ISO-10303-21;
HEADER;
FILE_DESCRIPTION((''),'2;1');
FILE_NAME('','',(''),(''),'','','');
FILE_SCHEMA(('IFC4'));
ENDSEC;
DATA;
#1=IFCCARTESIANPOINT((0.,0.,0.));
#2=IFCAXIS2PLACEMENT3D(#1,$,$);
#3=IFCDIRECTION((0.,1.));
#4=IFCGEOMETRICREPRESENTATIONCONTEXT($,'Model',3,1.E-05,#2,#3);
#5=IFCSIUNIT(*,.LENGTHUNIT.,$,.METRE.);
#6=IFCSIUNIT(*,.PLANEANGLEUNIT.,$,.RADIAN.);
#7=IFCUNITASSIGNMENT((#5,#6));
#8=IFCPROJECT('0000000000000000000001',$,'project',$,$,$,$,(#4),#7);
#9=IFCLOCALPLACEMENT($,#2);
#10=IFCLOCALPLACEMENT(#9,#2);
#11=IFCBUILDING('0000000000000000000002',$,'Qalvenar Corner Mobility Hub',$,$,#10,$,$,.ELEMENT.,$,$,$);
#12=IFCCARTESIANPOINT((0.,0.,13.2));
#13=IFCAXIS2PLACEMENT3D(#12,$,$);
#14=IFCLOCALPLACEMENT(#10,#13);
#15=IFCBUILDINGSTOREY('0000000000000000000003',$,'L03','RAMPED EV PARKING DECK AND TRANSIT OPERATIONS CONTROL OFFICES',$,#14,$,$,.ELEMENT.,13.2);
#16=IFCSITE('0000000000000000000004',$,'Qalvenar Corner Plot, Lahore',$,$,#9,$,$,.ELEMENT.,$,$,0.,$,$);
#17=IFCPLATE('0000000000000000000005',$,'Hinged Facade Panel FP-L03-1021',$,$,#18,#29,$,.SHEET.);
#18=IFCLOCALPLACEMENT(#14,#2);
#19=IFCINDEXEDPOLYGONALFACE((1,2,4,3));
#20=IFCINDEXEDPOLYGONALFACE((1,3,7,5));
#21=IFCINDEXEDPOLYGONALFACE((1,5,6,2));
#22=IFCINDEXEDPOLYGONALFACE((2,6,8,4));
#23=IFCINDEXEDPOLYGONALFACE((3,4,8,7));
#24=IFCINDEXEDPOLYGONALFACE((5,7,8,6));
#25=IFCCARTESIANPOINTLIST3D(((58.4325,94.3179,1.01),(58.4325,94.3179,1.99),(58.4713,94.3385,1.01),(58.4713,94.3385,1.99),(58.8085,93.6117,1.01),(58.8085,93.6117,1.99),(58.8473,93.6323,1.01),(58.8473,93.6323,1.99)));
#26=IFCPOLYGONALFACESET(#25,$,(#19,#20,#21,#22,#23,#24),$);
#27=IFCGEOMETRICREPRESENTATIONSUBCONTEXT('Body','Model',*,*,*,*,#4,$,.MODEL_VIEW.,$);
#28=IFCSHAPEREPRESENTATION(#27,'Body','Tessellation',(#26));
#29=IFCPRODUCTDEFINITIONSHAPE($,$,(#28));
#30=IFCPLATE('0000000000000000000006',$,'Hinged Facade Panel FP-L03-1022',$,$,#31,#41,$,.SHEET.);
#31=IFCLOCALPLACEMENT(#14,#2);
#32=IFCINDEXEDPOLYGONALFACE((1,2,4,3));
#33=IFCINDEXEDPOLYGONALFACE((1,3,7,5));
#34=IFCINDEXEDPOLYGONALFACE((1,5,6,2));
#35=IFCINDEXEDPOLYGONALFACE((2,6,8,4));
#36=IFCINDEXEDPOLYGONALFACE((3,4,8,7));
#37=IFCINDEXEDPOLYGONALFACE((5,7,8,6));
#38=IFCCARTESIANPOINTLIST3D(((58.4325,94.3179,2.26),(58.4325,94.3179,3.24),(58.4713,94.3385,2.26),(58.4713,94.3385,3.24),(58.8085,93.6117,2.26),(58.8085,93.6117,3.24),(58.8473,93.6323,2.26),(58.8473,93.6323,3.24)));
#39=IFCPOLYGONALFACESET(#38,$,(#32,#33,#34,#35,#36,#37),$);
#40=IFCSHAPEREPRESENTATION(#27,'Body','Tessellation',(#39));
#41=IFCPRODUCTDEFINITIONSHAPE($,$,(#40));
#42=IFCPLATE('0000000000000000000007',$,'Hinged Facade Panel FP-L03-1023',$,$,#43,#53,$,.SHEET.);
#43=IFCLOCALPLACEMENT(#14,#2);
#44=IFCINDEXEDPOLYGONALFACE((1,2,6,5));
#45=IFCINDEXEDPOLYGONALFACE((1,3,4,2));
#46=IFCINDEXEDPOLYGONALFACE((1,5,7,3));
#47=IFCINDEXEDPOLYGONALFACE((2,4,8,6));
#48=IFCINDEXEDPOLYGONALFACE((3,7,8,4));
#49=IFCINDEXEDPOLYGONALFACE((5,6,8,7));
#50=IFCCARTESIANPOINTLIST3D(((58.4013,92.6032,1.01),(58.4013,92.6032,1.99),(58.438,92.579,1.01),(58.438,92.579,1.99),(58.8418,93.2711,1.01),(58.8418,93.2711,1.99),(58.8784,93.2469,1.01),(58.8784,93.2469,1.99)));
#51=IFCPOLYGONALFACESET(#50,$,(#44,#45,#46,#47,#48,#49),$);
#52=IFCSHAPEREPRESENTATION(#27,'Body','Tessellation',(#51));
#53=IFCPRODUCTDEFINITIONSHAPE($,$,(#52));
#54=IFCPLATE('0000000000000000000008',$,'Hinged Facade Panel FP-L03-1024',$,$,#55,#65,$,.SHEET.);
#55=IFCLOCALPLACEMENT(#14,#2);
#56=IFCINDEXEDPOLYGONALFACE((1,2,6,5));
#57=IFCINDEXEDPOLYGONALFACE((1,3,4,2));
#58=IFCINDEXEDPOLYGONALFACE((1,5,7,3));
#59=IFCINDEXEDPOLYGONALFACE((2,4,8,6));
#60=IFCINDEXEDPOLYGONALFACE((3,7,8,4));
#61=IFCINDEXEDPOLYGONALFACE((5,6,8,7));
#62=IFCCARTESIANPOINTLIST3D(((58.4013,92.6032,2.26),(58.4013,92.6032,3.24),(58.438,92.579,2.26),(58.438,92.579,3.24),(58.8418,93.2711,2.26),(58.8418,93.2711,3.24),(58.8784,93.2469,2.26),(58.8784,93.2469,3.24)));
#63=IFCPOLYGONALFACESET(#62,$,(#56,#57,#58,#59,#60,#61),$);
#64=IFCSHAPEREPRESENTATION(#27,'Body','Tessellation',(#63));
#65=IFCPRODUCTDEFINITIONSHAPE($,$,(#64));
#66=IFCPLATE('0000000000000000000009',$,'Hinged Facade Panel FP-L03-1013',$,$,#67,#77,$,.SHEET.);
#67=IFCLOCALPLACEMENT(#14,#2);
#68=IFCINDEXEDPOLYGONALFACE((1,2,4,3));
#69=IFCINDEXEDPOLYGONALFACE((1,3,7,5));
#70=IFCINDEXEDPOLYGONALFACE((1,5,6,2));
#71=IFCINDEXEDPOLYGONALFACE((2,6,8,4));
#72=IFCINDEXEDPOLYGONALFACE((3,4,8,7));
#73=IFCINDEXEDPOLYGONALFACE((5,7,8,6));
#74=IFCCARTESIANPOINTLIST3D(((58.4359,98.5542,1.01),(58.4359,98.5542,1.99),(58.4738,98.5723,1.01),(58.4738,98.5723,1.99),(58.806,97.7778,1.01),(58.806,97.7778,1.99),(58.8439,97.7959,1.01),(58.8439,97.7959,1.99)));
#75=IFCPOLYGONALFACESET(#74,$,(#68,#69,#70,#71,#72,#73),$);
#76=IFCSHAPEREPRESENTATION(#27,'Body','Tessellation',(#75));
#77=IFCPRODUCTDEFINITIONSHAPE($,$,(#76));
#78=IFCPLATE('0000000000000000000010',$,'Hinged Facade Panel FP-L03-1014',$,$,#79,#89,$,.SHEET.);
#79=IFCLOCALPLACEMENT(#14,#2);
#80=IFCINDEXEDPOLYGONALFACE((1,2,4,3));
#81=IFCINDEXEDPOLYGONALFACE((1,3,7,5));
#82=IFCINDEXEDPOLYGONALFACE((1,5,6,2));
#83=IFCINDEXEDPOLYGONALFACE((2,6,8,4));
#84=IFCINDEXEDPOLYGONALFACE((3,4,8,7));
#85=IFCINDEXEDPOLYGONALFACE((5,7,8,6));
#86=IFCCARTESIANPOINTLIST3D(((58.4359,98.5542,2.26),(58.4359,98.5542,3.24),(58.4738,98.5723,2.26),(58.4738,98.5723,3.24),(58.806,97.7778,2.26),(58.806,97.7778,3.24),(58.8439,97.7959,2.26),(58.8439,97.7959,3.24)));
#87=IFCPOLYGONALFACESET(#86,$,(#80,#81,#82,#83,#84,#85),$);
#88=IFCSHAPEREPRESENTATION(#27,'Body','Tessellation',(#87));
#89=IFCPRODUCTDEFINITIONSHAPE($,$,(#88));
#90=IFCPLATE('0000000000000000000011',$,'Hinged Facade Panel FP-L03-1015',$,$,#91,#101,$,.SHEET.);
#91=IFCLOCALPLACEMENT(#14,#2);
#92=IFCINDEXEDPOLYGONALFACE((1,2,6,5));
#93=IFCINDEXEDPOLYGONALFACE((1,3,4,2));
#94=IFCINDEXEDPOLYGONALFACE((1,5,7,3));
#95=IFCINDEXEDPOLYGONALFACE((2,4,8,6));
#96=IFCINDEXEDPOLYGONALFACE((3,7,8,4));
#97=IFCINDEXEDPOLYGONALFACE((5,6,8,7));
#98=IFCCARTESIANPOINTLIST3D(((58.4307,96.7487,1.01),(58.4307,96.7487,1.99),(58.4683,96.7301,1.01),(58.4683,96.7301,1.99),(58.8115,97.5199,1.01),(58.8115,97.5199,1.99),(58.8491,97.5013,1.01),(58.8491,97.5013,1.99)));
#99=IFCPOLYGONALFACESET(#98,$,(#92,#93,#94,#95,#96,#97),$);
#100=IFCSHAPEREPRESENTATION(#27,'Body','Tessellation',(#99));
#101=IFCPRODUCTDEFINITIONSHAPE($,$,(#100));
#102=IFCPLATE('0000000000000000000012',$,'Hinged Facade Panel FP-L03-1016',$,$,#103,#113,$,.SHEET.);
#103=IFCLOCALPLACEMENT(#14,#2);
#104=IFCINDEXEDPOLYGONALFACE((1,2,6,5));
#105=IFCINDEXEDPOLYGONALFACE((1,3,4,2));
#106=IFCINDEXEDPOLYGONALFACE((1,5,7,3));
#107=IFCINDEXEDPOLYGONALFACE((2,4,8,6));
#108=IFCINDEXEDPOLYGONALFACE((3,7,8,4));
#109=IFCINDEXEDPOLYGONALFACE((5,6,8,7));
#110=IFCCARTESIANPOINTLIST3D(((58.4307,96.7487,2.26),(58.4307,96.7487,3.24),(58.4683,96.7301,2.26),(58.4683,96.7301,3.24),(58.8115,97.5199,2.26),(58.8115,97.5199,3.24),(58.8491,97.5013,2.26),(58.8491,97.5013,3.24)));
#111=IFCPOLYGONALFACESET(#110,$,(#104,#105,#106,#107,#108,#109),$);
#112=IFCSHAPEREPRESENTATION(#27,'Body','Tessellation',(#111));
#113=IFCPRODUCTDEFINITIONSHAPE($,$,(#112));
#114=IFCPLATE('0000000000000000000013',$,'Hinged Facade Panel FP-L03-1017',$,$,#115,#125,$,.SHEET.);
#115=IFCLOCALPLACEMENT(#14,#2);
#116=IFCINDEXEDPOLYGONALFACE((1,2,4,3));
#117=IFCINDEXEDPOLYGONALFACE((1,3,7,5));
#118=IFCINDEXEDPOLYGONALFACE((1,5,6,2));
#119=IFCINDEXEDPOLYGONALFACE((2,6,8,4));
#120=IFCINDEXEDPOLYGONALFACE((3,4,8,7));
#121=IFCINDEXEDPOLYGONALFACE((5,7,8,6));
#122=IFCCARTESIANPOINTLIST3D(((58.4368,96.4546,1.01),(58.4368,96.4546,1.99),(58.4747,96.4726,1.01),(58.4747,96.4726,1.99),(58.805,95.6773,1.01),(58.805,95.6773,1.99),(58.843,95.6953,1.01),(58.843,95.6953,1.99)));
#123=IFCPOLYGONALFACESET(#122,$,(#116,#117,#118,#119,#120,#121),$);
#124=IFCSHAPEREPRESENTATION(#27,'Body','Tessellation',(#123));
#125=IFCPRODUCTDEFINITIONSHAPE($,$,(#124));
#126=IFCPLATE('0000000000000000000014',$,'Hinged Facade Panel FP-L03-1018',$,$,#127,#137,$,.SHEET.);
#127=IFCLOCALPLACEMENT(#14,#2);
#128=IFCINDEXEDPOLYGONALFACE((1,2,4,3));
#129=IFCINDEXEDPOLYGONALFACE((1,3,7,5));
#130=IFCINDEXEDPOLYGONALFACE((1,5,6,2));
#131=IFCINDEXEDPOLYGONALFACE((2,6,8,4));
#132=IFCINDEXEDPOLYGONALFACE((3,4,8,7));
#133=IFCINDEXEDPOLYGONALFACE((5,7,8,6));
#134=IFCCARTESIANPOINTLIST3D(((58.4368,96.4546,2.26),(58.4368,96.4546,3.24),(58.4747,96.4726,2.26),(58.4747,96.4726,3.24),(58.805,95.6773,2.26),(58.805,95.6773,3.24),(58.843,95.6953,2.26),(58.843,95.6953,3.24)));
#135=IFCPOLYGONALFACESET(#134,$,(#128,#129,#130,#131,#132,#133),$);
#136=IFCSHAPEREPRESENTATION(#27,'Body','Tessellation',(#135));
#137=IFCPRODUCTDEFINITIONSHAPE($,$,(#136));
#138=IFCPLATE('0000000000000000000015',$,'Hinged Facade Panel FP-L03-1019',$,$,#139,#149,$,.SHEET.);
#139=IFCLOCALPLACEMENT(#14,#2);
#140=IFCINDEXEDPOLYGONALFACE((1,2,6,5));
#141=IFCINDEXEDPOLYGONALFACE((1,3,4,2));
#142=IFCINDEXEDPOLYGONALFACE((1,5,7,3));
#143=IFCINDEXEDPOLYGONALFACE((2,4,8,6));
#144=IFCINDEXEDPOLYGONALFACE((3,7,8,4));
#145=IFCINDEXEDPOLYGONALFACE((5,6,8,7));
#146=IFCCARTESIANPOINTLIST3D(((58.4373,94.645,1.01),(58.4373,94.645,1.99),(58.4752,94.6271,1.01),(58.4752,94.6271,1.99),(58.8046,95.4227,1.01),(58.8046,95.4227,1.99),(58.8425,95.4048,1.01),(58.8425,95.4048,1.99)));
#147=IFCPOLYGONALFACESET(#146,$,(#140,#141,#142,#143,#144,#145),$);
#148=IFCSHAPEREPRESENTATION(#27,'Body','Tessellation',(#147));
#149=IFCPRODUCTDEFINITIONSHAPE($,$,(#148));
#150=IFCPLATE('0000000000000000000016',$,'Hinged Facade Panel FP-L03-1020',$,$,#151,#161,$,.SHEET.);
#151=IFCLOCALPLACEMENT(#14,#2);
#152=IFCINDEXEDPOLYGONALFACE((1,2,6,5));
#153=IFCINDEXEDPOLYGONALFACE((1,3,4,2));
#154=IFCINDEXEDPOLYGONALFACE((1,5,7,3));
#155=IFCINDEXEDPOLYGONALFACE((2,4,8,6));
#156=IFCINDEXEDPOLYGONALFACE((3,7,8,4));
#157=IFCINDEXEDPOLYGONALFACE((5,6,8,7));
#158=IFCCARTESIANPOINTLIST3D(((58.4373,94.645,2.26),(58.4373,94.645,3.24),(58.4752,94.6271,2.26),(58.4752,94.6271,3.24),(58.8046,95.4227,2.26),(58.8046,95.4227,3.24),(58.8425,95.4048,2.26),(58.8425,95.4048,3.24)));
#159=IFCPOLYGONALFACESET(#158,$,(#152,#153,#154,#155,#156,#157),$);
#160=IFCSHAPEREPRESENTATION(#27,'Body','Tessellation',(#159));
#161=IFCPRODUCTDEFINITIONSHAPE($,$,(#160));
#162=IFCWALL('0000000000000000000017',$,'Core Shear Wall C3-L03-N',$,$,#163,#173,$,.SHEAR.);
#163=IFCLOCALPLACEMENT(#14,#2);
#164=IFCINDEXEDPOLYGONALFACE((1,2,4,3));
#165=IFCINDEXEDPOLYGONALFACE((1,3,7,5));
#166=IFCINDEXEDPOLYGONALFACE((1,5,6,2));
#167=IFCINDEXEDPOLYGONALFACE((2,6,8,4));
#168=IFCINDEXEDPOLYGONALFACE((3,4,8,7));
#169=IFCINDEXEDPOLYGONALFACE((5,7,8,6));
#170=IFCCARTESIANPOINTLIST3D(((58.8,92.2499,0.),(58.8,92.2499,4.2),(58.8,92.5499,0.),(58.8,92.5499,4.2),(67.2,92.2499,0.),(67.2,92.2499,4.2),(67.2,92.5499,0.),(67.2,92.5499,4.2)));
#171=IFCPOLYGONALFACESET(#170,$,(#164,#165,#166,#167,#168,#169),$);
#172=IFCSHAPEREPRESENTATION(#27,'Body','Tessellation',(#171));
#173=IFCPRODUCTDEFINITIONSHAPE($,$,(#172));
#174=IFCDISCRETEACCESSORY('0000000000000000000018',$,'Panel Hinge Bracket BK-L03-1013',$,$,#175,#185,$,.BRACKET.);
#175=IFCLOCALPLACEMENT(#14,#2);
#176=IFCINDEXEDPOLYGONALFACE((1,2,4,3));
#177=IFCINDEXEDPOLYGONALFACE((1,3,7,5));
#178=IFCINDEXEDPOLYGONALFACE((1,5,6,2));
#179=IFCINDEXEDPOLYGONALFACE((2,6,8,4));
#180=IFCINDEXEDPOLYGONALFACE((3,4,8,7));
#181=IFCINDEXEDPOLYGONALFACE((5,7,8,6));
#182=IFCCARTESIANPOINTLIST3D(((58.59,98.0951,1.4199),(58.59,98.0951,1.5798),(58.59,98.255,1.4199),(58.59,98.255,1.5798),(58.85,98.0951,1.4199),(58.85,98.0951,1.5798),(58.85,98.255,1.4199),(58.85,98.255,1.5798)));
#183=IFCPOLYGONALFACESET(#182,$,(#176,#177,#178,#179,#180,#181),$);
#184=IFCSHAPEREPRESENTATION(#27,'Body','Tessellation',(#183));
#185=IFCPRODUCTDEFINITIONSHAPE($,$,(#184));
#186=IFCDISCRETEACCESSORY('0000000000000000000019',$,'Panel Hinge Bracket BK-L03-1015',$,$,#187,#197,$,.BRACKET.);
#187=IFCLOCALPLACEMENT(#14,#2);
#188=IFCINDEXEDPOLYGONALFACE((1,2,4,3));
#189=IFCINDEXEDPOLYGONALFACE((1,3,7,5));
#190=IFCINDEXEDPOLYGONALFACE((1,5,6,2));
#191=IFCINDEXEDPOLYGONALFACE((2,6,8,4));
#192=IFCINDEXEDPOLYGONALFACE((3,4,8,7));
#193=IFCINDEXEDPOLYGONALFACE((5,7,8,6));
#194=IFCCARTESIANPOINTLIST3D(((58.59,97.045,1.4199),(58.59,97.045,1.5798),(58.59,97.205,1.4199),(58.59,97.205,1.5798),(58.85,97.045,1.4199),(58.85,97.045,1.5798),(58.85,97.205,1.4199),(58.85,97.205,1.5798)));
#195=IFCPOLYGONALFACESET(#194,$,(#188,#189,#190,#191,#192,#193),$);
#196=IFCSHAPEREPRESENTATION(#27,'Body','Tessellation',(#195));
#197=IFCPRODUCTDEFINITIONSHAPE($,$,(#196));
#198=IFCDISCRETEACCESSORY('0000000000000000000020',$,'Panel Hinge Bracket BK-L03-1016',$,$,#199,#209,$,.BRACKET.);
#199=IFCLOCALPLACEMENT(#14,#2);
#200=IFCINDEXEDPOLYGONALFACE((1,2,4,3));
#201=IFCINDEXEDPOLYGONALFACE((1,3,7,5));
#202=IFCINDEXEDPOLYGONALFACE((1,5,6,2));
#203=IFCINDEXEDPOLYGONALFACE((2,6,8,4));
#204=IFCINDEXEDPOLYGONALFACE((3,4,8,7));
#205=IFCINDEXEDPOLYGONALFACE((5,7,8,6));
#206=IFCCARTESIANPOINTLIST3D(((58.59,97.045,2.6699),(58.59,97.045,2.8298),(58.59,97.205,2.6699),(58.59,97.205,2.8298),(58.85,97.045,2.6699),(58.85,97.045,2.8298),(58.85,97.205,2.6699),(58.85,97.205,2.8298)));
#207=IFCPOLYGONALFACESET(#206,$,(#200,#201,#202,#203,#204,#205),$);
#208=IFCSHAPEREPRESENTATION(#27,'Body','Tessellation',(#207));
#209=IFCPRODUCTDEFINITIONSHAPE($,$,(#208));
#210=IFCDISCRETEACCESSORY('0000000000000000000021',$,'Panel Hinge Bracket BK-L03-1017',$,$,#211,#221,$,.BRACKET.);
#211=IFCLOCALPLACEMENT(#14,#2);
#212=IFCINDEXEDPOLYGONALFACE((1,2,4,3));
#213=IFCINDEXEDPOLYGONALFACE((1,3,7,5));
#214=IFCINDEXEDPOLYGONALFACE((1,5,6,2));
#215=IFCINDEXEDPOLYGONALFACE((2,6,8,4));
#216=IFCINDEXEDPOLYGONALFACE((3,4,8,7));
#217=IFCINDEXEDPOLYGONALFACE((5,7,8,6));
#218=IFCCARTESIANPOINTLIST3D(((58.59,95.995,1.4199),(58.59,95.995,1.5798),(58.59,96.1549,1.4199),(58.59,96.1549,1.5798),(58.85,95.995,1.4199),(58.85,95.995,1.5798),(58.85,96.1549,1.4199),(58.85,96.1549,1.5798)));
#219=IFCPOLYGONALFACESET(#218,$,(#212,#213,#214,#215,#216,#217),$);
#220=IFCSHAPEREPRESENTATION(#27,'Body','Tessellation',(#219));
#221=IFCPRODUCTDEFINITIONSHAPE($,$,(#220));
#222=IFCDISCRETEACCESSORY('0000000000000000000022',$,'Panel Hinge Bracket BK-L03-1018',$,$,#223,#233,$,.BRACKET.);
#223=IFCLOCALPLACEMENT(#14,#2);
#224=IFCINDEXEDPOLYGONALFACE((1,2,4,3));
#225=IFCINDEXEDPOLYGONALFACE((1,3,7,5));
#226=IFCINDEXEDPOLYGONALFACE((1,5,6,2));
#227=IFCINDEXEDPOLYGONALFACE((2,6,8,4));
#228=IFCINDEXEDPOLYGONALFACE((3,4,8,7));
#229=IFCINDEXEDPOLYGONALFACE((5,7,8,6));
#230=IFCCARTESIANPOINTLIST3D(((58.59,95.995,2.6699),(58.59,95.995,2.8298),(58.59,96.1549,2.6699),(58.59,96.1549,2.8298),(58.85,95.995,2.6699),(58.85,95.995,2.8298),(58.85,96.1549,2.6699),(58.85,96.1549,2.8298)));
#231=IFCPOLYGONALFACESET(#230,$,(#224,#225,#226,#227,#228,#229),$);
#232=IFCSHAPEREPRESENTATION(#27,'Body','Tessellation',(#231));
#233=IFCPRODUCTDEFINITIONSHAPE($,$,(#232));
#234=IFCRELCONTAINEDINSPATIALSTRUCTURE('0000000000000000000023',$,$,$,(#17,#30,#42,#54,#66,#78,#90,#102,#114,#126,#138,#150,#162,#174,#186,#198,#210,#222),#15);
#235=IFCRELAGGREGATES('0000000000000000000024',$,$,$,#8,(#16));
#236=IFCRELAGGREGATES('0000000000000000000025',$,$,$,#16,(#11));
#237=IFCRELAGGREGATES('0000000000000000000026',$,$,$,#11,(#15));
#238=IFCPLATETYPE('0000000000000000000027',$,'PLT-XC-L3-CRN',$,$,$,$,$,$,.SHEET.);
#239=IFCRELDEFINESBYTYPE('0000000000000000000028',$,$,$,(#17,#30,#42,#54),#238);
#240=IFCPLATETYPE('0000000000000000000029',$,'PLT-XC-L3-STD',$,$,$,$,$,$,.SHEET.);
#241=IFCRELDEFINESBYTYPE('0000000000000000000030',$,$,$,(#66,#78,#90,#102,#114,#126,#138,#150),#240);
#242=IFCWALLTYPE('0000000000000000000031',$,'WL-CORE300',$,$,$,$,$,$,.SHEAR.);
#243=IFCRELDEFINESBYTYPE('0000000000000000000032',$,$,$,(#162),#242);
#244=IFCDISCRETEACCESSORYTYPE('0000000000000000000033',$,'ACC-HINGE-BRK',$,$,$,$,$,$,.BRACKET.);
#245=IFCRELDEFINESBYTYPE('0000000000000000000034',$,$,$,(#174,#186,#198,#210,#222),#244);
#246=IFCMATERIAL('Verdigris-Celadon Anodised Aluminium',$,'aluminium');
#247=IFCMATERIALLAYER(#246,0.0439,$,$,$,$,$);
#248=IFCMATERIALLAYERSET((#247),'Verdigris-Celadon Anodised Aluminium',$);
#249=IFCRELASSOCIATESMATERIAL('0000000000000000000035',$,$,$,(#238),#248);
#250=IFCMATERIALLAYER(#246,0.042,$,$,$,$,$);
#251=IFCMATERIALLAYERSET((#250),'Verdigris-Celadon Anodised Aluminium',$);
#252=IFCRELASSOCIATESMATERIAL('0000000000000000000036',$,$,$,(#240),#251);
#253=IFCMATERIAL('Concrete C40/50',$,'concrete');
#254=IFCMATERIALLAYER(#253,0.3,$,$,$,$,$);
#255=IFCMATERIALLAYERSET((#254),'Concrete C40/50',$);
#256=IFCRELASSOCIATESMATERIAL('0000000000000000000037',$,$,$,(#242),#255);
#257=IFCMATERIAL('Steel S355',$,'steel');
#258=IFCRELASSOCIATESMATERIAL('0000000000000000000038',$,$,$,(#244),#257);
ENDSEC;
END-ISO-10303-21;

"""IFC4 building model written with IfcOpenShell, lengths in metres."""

from ifc_helpers import new_model, si_unit, direction, frame, frame_2d, origin, origin_2d, place, context, subcontext, project, spatial, rectangle, extrude, material, layer, layer_set, type_object, element, save


model = new_model("IFC4")

# Units and contexts
model_context = context("Model", 3, precision=1e-05, world=origin(), true_north=direction((0.0, 1.0)))
body_context = subcontext(model_context, "Body", "Model", "MODEL_VIEW")
ifc_project = project(units=[si_unit("LENGTHUNIT", "METRE"), si_unit("PLANEANGLEUNIT", "RADIAN")], contexts=[model_context])

# Site, building, storey
site_placement = place(None, origin())
site = spatial("IfcSite", under=ifc_project, at=site_placement, Name="Qalvenar Corner Plot, Lahore", CompositionType="ELEMENT", RefElevation=0.0)
building_placement = place(site_placement, origin())
building = spatial("IfcBuilding", under=site, at=building_placement, Name="Qalvenar Corner Mobility Hub", CompositionType="ELEMENT")
storey_placement = place(building_placement, frame((0.0, 0.0, 13.2)))
storey = spatial("IfcBuildingStorey", under=building, at=storey_placement, Name="L03", Description="RAMPED EV PARKING DECK AND TRANSIT OPERATIONS CONTROL OFFICES", CompositionType="ELEMENT", Elevation=13.2)

# Shared definitions
ifc_material_1 = material(Name="Steel S355", Category="steel")

# Plates
ifc_material_2 = material(Name="Verdigris-Celadon Anodised Aluminium", Category="aluminium")
ifc_layer_1 = layer(ifc_material_2, 0.0439)
ifc_layer_set_1 = layer_set([ifc_layer_1], Name="Verdigris-Celadon Anodised Aluminium")
plate_type_1 = type_object("IfcPlateType", Name="PLT-XC-L3-CRN", PredefinedType="SHEET", material=ifc_layer_set_1)
for number, where, z_axis, x_axis, name in (
    (1, (58.6399, 93.9751, 1.01), (0.0, 0.0, 1.0), (0.469934, -0.882702, 0.0), "Hinged Facade Panel FP-L03-1021"),
    (2, (58.6399, 93.9751, 2.26), (0.0, 0.0, 1.0), (0.469934, -0.882702, 0.0), "Hinged Facade Panel FP-L03-1022"),
    (3, (58.6399, 92.925, 1.01), (0.0, 0.0, 1.0), (-0.550481, -0.834848, 0.0), "Hinged Facade Panel FP-L03-1023"),
    (4, (58.6399, 92.925, 2.26), (0.0, 0.0, 1.0), (-0.550481, -0.834848, 0.0), "Hinged Facade Panel FP-L03-1024"),
):
    element("IfcPlate", number, at=place(storey_placement, frame(where, z_axis=z_axis, x_axis=x_axis)), inside=storey, type_object=plate_type_1, Name=name, PredefinedType="SHEET", context=body_context, shape_type="SweptSolid", body=[
        extrude(rectangle(XDim=0.8, YDim=0.0439, at=origin_2d()), origin(), (0.0, 0.0, 1.0), 0.98),
    ])
ifc_layer_2 = layer(ifc_material_2, 0.042)
ifc_layer_set_2 = layer_set([ifc_layer_2], Name="Verdigris-Celadon Anodised Aluminium")
plate_type_2 = type_object("IfcPlateType", Name="PLT-XC-L3-STD", PredefinedType="SHEET", material=ifc_layer_set_2)
for number, where, z_axis, x_axis, name in (
    (5, (58.6399, 98.175, 1.01), (0.0, 0.0, 1.0), (0.430354, -0.90266, 0.0), "Hinged Facade Panel FP-L03-1013"),
    (6, (58.6399, 98.175, 2.26), (0.0, 0.0, 1.0), (0.430354, -0.90266, 0.0), "Hinged Facade Panel FP-L03-1014"),
    (7, (58.6399, 97.125, 1.01), (0.0, 0.0, 1.0), (-0.442758, -0.896641, 0.0), "Hinged Facade Panel FP-L03-1015"),
    (8, (58.6399, 97.125, 2.26), (0.0, 0.0, 1.0), (-0.442758, -0.896641, 0.0), "Hinged Facade Panel FP-L03-1016"),
    (9, (58.6399, 96.075, 1.01), (0.0, 0.0, 1.0), (0.428147, -0.903709, 0.0), "Hinged Facade Panel FP-L03-1017"),
    (10, (58.6399, 96.075, 2.26), (0.0, 0.0, 1.0), (0.428147, -0.903709, 0.0), "Hinged Facade Panel FP-L03-1018"),
    (11, (58.6399, 95.0249, 1.01), (0.0, 0.0, 1.0), (-0.427042, -0.904232, 0.0), "Hinged Facade Panel FP-L03-1019"),
    (12, (58.6399, 95.0249, 2.26), (0.0, 0.0, 1.0), (-0.427042, -0.904232, 0.0), "Hinged Facade Panel FP-L03-1020"),
):
    element("IfcPlate", number, at=place(storey_placement, frame(where, z_axis=z_axis, x_axis=x_axis)), inside=storey, type_object=plate_type_2, Name=name, PredefinedType="SHEET", context=body_context, shape_type="SweptSolid", body=[
        extrude(rectangle(XDim=0.8601, YDim=0.042, at=origin_2d()), origin(), (0.0, 0.0, 1.0), 0.98),
    ])

# Wall
ifc_material_3 = material(Name="Concrete C40/50", Category="concrete")
ifc_layer_3 = layer(ifc_material_3, 0.3)
ifc_layer_set_3 = layer_set([ifc_layer_3], Name="Concrete C40/50")
wall_type = type_object("IfcWallType", Name="WL-CORE300", PredefinedType="SHEAR", material=ifc_layer_set_3)
wall_placement = place(storey_placement, frame((67.2, 92.3999, 0.0), z_axis=(0.0, 0.0, 1.0), x_axis=(-1.0, 0.0, 0.0)))
element("IfcWall", 13, at=wall_placement, inside=storey, type_object=wall_type, Name="Core Shear Wall C3-L03-N", PredefinedType="SHEAR", context=body_context, shape_type="SweptSolid", body=[
    extrude(rectangle(XDim=8.3999, YDim=0.3, at=frame_2d((4.2, 0.0))), origin(), (0.0, 0.0, 1.0), 4.2),
])

# Discrete accessories
discrete_accessory_type = type_object("IfcDiscreteAccessoryType", Name="ACC-HINGE-BRK", PredefinedType="BRACKET", material=ifc_material_1)
for number, where, z_axis, x_axis, name in (
    (14, (58.72, 98.175, 1.4199), (0.0, 0.0, 1.0), (0.0, -1.0, 0.0), "Panel Hinge Bracket BK-L03-1013"),
    (15, (58.72, 97.125, 1.4199), (0.0, 0.0, 1.0), (0.0, -1.0, 0.0), "Panel Hinge Bracket BK-L03-1015"),
    (16, (58.72, 97.125, 2.6699), (0.0, 0.0, 1.0), (0.0, -1.0, 0.0), "Panel Hinge Bracket BK-L03-1016"),
    (17, (58.72, 96.075, 1.4199), (0.0, 0.0, 1.0), (0.0, -1.0, 0.0), "Panel Hinge Bracket BK-L03-1017"),
    (18, (58.72, 96.075, 2.6699), (0.0, 0.0, 1.0), (0.0, -1.0, 0.0), "Panel Hinge Bracket BK-L03-1018"),
):
    element("IfcDiscreteAccessory", number, at=place(storey_placement, frame(where, z_axis=z_axis, x_axis=x_axis)), inside=storey, type_object=discrete_accessory_type, Name=name, PredefinedType="BRACKET", context=body_context, shape_type="SweptSolid", body=[
        extrude(rectangle(XDim=0.1599, YDim=0.26, at=origin_2d()), origin(), (0.0, 0.0, 1.0), 0.1599),
    ])

save(model, "model.ifc")
